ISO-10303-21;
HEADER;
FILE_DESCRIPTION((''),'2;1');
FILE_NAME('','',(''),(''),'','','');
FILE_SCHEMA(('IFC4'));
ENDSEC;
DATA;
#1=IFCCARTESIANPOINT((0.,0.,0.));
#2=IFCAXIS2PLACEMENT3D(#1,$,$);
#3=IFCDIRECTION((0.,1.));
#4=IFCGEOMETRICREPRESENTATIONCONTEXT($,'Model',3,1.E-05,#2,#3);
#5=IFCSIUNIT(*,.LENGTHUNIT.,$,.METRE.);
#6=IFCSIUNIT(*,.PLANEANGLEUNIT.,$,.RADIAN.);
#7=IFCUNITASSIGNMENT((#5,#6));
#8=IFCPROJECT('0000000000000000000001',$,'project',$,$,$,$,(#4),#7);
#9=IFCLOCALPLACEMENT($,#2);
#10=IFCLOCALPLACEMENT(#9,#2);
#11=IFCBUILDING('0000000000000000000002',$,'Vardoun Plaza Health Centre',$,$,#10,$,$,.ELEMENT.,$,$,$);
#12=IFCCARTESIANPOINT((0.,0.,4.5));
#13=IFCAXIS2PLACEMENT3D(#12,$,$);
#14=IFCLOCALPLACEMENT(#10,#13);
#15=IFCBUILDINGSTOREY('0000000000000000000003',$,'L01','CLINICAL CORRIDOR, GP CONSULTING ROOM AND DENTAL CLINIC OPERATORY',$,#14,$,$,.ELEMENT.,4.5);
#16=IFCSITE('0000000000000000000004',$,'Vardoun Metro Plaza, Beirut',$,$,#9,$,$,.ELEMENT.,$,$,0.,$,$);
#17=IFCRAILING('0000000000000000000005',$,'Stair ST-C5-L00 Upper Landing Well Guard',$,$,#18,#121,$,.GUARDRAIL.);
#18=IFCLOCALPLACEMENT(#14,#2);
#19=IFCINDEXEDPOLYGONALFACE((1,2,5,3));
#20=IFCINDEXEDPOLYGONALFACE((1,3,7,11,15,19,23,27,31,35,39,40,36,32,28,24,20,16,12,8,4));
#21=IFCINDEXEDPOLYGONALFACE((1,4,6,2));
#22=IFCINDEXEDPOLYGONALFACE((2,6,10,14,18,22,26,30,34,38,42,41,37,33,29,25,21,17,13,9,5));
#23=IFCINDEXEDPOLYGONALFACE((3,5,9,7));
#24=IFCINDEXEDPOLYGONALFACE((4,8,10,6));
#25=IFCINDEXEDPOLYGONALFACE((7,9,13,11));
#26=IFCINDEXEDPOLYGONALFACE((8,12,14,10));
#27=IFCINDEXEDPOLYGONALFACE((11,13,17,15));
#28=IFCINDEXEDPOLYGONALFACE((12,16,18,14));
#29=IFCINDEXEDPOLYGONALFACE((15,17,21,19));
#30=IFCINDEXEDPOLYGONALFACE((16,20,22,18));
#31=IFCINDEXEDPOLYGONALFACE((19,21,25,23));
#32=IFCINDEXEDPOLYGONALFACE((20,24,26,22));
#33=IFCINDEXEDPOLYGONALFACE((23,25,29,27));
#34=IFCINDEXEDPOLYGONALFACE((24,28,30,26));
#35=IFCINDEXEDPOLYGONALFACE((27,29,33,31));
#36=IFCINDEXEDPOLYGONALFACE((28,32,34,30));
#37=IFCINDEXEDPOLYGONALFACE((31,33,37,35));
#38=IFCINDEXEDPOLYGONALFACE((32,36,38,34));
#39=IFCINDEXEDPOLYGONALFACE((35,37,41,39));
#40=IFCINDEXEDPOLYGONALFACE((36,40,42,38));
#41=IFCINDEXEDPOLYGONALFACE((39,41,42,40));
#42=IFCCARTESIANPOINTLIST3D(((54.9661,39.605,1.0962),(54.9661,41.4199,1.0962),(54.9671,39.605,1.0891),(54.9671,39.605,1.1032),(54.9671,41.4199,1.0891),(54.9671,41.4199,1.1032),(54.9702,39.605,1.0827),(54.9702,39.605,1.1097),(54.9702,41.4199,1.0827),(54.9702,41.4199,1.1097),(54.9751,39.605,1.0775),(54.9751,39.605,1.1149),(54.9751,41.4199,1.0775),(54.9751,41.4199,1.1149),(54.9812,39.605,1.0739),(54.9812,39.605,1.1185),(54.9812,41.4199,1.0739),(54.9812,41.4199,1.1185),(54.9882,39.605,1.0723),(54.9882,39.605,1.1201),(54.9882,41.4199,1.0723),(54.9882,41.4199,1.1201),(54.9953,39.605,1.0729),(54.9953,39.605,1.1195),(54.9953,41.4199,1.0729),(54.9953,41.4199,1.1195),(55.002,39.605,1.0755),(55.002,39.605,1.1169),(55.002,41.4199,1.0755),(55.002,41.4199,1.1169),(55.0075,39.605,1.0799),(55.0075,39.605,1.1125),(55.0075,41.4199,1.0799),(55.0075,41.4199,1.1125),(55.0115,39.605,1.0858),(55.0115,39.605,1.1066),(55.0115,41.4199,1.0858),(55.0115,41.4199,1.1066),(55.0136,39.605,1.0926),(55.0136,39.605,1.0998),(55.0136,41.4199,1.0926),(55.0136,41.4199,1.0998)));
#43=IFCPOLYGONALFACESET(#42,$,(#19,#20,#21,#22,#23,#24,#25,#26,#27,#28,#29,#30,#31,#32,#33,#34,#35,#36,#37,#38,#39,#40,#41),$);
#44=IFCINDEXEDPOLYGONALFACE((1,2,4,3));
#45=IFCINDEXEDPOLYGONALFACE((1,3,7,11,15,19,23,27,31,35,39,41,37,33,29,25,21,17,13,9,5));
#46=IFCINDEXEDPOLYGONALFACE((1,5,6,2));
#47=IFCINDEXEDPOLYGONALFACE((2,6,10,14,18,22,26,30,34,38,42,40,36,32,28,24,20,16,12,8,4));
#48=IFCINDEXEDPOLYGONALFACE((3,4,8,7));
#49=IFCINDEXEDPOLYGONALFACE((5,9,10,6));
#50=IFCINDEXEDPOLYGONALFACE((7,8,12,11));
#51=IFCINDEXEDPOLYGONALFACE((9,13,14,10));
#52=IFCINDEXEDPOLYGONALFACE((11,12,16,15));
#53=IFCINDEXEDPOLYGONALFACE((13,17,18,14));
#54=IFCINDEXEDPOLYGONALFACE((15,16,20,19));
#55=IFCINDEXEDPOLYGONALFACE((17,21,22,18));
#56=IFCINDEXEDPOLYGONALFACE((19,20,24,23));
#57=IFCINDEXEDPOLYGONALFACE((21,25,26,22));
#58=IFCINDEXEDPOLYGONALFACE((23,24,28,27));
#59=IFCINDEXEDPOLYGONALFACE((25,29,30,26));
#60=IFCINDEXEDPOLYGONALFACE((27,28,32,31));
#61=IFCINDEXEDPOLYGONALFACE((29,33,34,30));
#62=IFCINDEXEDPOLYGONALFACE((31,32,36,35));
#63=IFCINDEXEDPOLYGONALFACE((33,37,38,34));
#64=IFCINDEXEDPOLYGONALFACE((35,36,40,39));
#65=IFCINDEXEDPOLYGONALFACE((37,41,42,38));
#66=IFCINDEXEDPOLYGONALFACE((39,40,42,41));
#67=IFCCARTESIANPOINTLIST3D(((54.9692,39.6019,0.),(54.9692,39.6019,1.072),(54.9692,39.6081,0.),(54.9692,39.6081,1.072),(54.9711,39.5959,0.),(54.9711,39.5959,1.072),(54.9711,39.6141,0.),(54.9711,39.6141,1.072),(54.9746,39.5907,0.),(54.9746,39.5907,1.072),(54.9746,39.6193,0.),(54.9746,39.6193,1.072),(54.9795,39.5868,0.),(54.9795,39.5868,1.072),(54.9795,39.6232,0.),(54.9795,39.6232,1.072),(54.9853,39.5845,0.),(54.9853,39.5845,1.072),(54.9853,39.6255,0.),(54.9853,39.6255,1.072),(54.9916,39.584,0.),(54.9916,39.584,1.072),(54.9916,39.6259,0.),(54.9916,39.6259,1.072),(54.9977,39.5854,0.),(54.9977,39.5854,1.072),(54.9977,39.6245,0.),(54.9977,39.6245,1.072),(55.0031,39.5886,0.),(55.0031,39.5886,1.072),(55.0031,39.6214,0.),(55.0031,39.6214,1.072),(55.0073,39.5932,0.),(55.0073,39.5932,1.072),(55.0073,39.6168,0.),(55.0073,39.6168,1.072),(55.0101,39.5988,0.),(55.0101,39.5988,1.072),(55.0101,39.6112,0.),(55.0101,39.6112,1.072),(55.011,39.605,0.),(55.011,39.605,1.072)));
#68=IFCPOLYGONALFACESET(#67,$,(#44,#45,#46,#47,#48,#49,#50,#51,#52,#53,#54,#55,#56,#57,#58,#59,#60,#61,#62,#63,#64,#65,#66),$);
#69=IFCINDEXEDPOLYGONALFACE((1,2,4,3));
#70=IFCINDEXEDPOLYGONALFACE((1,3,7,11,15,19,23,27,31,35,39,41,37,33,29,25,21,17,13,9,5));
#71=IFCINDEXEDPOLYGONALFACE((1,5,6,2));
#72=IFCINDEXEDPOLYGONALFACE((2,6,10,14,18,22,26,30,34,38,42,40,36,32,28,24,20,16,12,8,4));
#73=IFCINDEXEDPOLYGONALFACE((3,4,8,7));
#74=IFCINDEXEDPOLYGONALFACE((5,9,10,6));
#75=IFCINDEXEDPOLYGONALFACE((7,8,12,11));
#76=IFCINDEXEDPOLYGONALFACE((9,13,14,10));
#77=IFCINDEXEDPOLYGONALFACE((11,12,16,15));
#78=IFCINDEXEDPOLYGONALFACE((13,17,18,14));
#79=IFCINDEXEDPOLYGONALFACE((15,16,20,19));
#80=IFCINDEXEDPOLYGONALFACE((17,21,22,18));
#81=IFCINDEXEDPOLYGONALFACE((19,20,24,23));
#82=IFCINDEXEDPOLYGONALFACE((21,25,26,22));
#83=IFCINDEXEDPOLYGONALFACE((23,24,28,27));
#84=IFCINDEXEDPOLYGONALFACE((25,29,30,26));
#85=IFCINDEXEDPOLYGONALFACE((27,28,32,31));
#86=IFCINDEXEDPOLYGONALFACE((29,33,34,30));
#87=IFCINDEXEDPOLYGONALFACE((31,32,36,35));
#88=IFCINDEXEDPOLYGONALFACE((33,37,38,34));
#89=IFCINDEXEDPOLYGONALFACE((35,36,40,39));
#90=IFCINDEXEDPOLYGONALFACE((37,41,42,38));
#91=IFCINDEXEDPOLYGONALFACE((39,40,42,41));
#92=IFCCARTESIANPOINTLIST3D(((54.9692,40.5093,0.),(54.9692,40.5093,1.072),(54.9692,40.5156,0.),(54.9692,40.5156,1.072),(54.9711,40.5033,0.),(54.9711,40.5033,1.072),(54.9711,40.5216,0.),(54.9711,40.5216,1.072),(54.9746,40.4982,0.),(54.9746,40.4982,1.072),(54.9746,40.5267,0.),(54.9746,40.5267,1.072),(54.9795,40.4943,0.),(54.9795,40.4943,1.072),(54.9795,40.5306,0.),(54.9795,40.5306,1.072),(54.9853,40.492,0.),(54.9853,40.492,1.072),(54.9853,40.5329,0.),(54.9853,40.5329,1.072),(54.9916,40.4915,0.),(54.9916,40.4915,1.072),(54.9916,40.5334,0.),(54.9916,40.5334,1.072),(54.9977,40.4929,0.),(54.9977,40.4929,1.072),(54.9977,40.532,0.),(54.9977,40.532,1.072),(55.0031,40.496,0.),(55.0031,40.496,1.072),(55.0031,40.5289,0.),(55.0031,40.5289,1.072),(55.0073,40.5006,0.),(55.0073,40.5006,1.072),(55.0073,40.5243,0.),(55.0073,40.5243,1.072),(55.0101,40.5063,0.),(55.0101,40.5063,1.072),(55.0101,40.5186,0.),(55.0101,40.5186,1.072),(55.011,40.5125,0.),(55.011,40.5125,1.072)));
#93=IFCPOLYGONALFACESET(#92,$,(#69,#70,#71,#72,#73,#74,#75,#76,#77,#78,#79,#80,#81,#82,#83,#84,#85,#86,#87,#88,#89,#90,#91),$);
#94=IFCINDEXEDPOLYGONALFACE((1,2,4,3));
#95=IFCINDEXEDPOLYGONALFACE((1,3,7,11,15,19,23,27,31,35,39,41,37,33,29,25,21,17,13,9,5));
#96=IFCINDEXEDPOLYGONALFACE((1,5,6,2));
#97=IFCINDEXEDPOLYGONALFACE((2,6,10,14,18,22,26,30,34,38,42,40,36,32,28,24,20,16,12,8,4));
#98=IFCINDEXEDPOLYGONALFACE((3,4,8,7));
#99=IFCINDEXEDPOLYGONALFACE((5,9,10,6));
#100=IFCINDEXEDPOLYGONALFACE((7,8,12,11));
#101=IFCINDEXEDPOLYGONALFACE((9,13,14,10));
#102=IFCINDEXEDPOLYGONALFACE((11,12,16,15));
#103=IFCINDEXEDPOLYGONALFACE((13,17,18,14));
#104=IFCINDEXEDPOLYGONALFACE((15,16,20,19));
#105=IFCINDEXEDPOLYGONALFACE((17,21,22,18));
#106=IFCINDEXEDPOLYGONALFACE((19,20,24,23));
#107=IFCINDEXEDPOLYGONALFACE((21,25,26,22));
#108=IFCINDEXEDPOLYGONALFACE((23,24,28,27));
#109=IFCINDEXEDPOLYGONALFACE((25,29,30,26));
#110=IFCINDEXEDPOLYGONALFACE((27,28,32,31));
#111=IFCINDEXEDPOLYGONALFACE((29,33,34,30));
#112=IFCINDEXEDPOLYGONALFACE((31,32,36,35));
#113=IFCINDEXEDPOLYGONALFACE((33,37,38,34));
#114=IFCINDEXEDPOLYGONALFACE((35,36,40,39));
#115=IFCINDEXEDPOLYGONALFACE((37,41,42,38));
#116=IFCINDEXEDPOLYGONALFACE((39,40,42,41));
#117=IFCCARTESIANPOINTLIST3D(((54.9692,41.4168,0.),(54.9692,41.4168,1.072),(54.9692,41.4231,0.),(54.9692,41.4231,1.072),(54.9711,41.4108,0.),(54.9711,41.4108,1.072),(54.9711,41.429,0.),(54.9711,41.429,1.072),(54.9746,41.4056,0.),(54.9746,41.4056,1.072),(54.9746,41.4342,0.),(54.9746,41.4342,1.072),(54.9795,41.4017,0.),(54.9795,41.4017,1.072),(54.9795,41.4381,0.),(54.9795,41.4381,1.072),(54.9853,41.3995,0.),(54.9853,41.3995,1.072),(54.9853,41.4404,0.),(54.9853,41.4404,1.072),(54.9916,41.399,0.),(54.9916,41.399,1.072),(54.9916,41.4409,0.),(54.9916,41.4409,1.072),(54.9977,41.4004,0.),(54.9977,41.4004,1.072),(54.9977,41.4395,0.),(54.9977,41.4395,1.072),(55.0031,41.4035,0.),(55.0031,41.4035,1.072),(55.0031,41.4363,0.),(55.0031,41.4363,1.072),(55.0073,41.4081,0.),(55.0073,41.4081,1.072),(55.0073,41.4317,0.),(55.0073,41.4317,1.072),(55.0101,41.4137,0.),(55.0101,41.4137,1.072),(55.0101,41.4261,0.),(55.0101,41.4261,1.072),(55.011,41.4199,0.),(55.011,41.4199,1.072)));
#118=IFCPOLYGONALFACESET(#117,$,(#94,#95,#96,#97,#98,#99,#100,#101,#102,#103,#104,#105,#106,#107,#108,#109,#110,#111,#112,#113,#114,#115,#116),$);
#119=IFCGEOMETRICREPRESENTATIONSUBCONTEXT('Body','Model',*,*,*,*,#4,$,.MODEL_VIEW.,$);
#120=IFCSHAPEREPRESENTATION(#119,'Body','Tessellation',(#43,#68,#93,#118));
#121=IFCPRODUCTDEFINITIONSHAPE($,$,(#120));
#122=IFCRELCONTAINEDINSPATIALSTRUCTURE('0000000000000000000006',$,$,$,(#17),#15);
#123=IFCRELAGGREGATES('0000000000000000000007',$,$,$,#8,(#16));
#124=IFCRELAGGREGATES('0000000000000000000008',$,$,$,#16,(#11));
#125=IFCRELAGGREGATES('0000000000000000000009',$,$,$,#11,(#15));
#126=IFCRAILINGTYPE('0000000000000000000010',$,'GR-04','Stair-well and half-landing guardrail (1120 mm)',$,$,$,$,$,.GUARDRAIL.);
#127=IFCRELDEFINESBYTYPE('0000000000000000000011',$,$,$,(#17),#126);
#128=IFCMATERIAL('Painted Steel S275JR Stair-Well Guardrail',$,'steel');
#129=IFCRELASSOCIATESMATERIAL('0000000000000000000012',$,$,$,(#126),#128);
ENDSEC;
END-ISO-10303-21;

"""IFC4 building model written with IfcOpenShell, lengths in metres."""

from ifc_helpers import new_model, si_unit, direction, frame, origin, origin_2d, place, context, subcontext, project, spatial, circle, extrude, material, type_object, element, save


model = new_model("IFC4")

# Units and contexts
model_context = context("Model", 3, precision=1e-05, world=origin(), true_north=direction((0.0, 1.0)))
body_context = subcontext(model_context, "Body", "Model", "MODEL_VIEW")
ifc_project = project(units=[si_unit("LENGTHUNIT", "METRE"), si_unit("PLANEANGLEUNIT", "RADIAN")], contexts=[model_context])

# Site, building, storey
site_placement = place(None, origin())
site = spatial("IfcSite", under=ifc_project, at=site_placement, Name="Vardoun Metro Plaza, Beirut", CompositionType="ELEMENT", RefElevation=0.0)
building_placement = place(site_placement, origin())
building = spatial("IfcBuilding", under=site, at=building_placement, Name="Vardoun Plaza Health Centre", CompositionType="ELEMENT")
storey_placement = place(building_placement, frame((0.0, 0.0, 4.5)))
storey = spatial("IfcBuildingStorey", under=building, at=storey_placement, Name="L01", Description="CLINICAL CORRIDOR, GP CONSULTING ROOM AND DENTAL CLINIC OPERATORY", CompositionType="ELEMENT", Elevation=4.5)

# Railing
ifc_material_1 = material(Name="Painted Steel S275JR Stair-Well Guardrail", Category="steel")
railing_type = type_object("IfcRailingType", Name="GR-04", Description="Stair-well and half-landing guardrail (1120 mm)", PredefinedType="GUARDRAIL", material=ifc_material_1)
railing_placement = place(storey_placement, frame((54.99, 39.605, 0.0)))
element("IfcRailing", 1, at=railing_placement, inside=storey, type_object=railing_type, Name="Stair ST-C5-L00 Upper Landing Well Guard", PredefinedType="GUARDRAIL", context=body_context, shape_type="SweptSolid", body=[
    extrude(circle(Radius=0.0239, at=origin_2d()), frame((0.0, 0.0, 1.0962), z_axis=(0.0, 1.0, 0.0), x_axis=(-1.0, 0.0, 0.0)), (0.0, 0.0, 1.0), 1.8149),
    extrude(circle(Radius=0.021, at=origin_2d()), origin(), (0.0, 0.0, 1.0), 1.072),
    extrude(circle(Radius=0.021, at=origin_2d()), frame((0.0, 0.9075, 0.0)), (0.0, 0.0, 1.0), 1.072),
    extrude(circle(Radius=0.021, at=origin_2d()), frame((0.0, 1.8149, 0.0)), (0.0, 0.0, 1.0), 1.072),
])

save(model, "model.ifc")
